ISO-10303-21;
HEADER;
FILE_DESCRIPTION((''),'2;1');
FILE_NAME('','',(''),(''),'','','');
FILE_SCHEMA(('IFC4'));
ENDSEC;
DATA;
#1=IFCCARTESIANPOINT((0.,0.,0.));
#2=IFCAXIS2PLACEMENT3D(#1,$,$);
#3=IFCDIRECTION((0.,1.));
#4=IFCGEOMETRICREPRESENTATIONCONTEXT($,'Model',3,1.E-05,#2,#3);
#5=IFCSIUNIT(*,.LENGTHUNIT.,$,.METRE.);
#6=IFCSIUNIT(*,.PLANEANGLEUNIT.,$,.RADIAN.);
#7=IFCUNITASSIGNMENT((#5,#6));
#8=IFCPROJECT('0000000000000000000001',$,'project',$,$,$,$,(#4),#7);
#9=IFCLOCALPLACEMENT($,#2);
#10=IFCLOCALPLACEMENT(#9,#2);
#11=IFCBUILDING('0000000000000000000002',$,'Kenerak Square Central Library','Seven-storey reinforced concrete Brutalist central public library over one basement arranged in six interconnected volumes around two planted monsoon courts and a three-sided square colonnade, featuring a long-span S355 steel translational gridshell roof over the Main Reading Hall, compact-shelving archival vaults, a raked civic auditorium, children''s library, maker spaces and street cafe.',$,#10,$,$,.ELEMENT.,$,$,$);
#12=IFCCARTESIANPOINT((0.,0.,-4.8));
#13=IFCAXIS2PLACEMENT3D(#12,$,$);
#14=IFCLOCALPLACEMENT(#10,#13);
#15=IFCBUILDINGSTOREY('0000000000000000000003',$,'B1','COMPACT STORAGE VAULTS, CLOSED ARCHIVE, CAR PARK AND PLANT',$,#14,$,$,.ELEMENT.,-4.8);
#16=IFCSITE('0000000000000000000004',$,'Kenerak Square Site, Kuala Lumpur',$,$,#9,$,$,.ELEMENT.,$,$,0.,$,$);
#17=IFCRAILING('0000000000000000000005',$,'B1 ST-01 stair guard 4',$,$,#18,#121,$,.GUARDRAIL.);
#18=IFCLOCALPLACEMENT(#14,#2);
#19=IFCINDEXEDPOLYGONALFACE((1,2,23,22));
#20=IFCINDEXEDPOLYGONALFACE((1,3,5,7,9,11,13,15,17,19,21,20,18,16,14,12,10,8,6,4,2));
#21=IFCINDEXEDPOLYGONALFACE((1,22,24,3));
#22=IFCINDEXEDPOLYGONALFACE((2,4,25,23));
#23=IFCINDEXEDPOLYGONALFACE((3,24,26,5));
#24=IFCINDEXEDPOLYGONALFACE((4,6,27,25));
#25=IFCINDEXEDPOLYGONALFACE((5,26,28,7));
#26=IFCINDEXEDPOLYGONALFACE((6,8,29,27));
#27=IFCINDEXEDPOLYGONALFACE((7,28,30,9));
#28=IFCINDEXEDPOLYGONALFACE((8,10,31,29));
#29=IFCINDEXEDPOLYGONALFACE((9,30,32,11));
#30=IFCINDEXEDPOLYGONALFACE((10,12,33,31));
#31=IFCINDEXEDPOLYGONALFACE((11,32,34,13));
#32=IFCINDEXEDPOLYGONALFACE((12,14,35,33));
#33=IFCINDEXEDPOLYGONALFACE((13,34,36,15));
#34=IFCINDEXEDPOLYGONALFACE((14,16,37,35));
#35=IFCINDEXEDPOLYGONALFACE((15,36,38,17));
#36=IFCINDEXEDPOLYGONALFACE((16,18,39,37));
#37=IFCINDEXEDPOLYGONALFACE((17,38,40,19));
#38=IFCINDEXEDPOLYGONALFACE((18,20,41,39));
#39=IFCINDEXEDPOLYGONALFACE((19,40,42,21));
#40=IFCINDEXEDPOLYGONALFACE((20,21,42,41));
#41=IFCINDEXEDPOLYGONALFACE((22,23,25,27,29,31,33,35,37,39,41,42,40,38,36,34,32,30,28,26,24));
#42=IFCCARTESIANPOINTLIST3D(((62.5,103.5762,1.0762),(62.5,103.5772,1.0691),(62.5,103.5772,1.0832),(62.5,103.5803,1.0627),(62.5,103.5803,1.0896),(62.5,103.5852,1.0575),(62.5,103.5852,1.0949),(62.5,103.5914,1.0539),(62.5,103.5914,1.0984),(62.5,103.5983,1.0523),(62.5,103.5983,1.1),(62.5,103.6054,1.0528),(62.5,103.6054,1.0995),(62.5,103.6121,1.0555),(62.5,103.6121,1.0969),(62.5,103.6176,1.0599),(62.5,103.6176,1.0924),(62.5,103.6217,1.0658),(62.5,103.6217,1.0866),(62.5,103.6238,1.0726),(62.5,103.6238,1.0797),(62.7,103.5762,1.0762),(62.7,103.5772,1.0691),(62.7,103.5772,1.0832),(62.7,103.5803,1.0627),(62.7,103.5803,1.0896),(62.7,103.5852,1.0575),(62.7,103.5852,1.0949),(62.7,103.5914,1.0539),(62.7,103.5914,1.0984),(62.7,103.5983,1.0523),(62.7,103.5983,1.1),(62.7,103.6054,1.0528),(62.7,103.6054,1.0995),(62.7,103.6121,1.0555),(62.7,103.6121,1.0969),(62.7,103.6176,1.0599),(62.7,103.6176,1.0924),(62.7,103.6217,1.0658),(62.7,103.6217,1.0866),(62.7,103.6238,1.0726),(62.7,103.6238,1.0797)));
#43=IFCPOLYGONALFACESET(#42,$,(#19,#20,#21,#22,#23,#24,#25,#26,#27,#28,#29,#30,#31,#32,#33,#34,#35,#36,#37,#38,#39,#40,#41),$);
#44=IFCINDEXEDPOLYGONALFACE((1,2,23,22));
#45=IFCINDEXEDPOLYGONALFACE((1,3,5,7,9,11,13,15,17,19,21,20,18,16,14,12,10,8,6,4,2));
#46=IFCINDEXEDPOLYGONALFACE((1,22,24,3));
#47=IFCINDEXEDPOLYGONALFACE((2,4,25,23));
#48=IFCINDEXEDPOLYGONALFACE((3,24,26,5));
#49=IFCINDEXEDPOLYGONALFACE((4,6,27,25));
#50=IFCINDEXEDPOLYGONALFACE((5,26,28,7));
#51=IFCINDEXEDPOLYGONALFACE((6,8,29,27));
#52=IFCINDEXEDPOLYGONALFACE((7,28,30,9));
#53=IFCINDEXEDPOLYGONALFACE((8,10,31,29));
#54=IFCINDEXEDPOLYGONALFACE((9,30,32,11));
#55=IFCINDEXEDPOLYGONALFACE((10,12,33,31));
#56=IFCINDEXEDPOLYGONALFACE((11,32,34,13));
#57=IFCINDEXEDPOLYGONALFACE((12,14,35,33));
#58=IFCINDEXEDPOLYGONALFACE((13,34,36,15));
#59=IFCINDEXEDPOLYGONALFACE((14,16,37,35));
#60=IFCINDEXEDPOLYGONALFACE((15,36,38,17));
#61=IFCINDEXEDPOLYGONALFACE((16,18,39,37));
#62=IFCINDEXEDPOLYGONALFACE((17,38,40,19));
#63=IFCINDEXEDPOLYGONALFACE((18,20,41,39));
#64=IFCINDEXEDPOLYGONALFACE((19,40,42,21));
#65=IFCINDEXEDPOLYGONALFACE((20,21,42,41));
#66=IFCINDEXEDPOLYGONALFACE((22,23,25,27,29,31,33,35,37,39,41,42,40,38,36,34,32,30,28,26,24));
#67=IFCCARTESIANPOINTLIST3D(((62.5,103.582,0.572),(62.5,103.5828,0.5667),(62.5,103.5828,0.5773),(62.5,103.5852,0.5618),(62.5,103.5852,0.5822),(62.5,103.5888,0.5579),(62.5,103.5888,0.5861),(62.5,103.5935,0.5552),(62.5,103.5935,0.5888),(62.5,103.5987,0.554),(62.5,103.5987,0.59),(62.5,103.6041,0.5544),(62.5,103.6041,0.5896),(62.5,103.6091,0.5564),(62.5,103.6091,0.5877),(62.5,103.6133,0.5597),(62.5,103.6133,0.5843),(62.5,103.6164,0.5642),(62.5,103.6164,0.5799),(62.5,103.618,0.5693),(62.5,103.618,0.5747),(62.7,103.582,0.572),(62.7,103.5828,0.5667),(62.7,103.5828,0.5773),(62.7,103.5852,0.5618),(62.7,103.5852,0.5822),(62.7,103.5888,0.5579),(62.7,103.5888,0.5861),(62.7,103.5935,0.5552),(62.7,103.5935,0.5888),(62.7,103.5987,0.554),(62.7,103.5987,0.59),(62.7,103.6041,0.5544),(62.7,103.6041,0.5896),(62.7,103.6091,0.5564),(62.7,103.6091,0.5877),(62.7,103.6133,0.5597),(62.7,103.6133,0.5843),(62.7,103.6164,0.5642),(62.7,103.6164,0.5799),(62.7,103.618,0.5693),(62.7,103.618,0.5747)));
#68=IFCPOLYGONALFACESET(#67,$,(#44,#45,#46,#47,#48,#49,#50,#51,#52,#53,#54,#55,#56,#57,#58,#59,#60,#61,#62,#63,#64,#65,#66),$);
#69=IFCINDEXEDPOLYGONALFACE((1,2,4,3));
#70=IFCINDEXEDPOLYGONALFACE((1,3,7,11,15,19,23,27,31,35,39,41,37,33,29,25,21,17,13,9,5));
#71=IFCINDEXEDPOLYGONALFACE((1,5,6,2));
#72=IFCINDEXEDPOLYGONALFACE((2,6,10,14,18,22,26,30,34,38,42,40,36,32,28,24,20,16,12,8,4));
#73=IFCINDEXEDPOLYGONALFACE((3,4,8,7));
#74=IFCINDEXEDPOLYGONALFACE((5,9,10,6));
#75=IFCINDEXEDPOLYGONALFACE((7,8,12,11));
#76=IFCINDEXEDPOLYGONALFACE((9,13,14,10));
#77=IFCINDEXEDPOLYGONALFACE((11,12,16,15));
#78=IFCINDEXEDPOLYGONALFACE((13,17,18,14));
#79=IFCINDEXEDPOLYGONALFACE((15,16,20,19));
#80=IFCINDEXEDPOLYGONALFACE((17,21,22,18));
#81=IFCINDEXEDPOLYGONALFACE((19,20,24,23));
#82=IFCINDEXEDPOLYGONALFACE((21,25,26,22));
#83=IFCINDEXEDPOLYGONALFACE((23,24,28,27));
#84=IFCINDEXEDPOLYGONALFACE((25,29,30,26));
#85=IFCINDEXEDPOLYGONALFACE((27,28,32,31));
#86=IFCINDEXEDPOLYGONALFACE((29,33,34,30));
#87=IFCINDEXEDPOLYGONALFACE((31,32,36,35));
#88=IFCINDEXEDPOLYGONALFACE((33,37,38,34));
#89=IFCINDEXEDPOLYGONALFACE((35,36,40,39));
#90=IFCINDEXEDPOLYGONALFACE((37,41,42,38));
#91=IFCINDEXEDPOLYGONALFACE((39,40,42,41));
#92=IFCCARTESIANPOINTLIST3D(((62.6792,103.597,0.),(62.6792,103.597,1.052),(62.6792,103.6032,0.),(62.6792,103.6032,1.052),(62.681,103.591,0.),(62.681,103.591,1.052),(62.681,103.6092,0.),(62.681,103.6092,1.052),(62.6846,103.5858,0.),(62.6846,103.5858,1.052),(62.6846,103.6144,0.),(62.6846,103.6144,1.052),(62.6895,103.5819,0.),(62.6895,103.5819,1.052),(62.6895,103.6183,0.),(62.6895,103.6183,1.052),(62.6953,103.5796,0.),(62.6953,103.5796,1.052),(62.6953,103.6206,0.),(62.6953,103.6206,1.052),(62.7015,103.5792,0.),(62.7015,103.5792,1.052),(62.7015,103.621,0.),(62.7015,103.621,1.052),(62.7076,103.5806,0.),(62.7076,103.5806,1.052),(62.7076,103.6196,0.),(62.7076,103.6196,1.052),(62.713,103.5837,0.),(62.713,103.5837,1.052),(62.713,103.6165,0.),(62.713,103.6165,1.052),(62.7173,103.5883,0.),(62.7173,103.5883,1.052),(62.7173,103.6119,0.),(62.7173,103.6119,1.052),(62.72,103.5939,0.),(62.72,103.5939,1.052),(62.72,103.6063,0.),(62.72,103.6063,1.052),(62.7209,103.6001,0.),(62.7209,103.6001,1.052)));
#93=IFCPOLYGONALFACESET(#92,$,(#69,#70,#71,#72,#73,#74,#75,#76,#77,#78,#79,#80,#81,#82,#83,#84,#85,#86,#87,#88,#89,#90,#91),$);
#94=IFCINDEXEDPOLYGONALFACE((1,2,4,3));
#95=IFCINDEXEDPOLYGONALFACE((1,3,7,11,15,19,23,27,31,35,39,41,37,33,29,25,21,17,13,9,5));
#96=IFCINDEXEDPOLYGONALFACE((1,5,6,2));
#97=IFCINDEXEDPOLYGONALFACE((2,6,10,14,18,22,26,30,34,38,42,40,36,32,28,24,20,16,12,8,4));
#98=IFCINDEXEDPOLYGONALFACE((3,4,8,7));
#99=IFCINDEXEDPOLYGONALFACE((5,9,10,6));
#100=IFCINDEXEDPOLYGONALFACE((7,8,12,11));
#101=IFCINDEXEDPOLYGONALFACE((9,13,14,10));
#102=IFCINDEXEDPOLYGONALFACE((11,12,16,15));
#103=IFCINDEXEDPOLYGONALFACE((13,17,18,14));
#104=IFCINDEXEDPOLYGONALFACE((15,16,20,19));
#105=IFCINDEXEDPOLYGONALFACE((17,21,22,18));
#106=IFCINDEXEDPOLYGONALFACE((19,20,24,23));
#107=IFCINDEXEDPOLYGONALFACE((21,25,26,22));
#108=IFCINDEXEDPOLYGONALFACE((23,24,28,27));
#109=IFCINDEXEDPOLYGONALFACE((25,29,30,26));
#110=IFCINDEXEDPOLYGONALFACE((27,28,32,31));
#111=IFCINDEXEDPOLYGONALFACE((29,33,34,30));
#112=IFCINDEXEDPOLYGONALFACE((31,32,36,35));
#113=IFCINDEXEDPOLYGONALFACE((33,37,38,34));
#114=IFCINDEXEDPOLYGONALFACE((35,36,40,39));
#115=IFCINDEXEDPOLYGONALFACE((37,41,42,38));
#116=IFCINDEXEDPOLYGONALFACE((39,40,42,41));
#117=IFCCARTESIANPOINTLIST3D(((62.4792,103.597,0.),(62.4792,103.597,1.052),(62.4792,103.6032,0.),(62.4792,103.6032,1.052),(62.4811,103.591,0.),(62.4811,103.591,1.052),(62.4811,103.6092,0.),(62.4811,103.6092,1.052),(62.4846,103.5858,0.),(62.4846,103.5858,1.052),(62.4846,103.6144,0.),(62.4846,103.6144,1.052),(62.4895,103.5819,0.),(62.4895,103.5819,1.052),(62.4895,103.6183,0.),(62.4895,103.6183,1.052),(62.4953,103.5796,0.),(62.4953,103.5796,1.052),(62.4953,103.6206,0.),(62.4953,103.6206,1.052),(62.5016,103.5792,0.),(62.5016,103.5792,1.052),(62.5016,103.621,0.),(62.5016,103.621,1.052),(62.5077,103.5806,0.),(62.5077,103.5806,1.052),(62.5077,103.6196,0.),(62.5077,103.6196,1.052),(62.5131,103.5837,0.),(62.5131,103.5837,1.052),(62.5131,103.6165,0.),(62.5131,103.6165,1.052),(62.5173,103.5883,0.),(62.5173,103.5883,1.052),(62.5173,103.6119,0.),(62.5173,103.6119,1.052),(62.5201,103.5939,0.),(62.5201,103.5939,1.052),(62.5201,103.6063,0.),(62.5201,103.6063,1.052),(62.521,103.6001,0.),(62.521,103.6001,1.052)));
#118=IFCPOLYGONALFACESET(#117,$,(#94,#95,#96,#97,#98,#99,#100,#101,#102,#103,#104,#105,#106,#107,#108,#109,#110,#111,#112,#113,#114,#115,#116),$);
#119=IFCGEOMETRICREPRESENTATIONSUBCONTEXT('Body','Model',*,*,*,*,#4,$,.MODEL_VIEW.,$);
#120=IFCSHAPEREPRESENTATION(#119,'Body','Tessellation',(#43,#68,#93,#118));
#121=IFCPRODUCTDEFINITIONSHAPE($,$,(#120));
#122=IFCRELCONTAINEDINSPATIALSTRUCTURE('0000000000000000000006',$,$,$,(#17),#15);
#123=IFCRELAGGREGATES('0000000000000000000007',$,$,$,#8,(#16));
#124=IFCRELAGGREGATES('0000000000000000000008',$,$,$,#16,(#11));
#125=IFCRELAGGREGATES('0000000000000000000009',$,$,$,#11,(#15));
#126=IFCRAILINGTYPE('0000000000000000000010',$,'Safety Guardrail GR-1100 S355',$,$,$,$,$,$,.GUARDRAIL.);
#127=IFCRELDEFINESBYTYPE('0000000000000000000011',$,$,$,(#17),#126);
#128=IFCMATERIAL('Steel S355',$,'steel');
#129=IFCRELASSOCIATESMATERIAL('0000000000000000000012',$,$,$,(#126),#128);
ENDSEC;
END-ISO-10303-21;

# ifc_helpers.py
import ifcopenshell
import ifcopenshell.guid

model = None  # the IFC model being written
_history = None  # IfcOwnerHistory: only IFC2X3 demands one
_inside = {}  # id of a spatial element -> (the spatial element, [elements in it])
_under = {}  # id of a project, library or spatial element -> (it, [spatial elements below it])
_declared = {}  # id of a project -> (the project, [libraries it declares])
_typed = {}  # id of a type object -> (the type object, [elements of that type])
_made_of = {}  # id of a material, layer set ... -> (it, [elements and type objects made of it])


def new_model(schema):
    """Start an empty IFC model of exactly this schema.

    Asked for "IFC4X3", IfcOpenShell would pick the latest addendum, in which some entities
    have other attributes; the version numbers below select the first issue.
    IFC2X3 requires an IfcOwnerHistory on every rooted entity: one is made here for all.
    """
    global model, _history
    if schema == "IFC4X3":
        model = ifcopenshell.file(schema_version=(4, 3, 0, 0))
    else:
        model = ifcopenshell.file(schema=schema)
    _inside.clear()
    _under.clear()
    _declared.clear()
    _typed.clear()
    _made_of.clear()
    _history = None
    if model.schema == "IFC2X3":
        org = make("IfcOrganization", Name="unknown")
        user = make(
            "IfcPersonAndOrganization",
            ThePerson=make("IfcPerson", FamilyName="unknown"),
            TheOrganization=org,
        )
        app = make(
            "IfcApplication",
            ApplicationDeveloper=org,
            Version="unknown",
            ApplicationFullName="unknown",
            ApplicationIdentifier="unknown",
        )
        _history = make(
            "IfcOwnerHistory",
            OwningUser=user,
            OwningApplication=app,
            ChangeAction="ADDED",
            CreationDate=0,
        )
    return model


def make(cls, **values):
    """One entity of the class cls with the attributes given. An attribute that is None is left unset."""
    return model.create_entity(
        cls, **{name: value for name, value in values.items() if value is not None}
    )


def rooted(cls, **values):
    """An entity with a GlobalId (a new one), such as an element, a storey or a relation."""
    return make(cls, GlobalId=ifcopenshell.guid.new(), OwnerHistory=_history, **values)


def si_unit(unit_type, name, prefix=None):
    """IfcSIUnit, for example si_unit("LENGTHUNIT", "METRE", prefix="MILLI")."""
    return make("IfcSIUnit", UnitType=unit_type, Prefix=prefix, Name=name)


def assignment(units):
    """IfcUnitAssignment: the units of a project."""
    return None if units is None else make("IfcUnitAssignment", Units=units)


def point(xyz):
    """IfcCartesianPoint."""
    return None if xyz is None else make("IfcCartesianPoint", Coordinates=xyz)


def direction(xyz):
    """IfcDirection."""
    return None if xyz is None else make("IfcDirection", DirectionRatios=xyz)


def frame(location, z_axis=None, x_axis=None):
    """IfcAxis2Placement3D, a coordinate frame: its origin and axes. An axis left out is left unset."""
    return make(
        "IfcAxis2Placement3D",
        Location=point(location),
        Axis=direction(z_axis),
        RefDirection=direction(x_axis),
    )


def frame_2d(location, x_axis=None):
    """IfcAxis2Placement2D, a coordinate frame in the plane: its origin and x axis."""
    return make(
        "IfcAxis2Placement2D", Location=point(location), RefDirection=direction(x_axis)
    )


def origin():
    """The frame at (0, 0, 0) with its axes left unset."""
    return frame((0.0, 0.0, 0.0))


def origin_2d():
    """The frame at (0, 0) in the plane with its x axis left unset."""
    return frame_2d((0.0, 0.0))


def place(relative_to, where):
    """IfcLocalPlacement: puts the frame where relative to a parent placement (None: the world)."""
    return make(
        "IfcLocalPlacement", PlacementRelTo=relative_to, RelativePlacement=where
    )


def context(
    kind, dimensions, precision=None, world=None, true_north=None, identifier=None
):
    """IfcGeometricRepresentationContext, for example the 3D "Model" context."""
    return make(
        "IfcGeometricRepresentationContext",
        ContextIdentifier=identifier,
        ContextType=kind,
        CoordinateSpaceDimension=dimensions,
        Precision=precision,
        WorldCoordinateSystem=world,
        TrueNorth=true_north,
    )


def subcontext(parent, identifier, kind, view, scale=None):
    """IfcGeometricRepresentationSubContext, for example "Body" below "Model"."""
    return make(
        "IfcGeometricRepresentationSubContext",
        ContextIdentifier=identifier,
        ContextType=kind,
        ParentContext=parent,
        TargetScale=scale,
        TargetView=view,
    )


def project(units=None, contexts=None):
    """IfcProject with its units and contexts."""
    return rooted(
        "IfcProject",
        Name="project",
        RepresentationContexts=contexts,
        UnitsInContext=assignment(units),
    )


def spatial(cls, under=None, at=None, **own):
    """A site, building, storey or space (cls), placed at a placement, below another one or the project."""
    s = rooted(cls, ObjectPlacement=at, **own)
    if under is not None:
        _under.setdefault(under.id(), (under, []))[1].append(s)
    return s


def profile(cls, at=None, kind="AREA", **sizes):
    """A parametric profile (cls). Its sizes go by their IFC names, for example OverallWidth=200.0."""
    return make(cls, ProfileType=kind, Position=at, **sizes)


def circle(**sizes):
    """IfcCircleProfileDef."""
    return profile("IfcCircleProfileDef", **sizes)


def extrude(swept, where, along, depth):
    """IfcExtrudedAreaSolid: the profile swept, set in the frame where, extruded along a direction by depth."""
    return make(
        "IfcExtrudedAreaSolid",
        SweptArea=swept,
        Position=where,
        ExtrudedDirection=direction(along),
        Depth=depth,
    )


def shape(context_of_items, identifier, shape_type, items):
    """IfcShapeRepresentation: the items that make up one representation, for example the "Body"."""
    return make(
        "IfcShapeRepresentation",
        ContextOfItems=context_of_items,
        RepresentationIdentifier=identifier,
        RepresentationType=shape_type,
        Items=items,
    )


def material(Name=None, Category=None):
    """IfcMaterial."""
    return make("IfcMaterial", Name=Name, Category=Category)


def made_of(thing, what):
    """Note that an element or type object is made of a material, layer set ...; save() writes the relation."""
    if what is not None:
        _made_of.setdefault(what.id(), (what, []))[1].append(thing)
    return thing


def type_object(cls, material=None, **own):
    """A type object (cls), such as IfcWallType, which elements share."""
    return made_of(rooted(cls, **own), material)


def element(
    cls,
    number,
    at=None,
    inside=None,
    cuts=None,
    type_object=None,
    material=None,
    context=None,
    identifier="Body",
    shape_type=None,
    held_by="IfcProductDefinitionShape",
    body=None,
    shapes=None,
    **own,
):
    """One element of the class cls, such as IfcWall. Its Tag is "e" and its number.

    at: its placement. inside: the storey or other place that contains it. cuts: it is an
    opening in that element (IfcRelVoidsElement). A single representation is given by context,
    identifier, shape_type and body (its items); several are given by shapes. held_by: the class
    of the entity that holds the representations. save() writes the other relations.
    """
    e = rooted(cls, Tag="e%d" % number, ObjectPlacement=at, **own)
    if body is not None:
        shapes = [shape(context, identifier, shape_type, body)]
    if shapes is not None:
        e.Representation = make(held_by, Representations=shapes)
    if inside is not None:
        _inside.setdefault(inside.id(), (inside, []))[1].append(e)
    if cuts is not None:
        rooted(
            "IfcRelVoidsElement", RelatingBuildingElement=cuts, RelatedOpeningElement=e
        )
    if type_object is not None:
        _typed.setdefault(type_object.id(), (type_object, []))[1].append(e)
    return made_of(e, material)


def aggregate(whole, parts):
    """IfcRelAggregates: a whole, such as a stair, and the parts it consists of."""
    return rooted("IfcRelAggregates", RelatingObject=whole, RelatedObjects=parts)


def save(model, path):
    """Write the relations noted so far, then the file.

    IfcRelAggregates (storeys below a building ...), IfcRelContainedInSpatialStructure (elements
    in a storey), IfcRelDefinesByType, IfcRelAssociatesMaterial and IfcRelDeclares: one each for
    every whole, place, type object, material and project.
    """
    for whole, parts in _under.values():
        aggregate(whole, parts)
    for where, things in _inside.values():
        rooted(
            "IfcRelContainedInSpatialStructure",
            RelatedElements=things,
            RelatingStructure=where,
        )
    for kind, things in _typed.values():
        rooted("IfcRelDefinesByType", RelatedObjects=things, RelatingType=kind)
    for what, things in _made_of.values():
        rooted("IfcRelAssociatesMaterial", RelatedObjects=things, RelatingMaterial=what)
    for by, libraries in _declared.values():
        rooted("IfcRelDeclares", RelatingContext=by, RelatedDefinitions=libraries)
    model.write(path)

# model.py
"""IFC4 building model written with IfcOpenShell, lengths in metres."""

from ifc_helpers import new_model, si_unit, direction, frame, origin, origin_2d, place, context, subcontext, project, spatial, circle, extrude, material, type_object, element, save


model = new_model("IFC4")

# Units and contexts
model_context = context("Model", 3, precision=1e-05, world=origin(), true_north=direction((0.0, 1.0)))
body_context = subcontext(model_context, "Body", "Model", "MODEL_VIEW")
ifc_project = project(units=[si_unit("LENGTHUNIT", "METRE"), si_unit("PLANEANGLEUNIT", "RADIAN")], contexts=[model_context])

# Site, building, storey
site_placement = place(None, origin())
site = spatial("IfcSite", under=ifc_project, at=site_placement, Name="Kenerak Square Site, Kuala Lumpur", CompositionType="ELEMENT", RefElevation=0.0)
building_placement = place(site_placement, origin())
building = spatial("IfcBuilding", under=site, at=building_placement, Name="Kenerak Square Central Library", Description="Seven-storey reinforced concrete Brutalist central public library over one basement arranged in six interconnected volumes around two planted monsoon courts and a three-sided square colonnade, featuring a long-span S355 steel translational gridshell roof over the Main Reading Hall, compact-shelving archival vaults, a raked civic auditorium, children's library, maker spaces and street cafe.", CompositionType="ELEMENT")
storey_placement = place(building_placement, frame((0.0, 0.0, -4.8)))
storey = spatial("IfcBuildingStorey", under=building, at=storey_placement, Name="B1", Description="COMPACT STORAGE VAULTS, CLOSED ARCHIVE, CAR PARK AND PLANT", CompositionType="ELEMENT", Elevation=-4.8)

# Railing
ifc_material_1 = material(Name="Steel S355", Category="steel")
railing_type_1 = type_object("IfcRailingType", Name="Safety Guardrail GR-1100 S355", PredefinedType="GUARDRAIL", material=ifc_material_1)
railing_1_placement = place(storey_placement, frame((62.7, 103.6001, 0.0)))
element("IfcRailing", 1, at=railing_1_placement, inside=storey, type_object=railing_type_1, Name="B1 ST-01 stair guard 4", PredefinedType="GUARDRAIL", context=body_context, shape_type="SweptSolid", body=[
    extrude(circle(Radius=0.0239, at=origin_2d()), frame((0.0, 0.0, 1.0762), z_axis=(-1.0, 0.0, 0.0), x_axis=(0.0, -1.0, 0.0)), (0.0, 0.0, 1.0), 0.2),
    extrude(circle(Radius=0.0181, at=origin_2d()), frame((0.0, 0.0, 0.572), z_axis=(-1.0, 0.0, 0.0), x_axis=(0.0, -1.0, 0.0)), (0.0, 0.0, 1.0), 0.2),
    extrude(circle(Radius=0.021, at=origin_2d()), origin(), (0.0, 0.0, 1.0), 1.052),
    extrude(circle(Radius=0.021, at=origin_2d()), frame((-0.2, 0.0, 0.0)), (0.0, 0.0, 1.0), 1.052),
])

save(model, "model.ifc")
